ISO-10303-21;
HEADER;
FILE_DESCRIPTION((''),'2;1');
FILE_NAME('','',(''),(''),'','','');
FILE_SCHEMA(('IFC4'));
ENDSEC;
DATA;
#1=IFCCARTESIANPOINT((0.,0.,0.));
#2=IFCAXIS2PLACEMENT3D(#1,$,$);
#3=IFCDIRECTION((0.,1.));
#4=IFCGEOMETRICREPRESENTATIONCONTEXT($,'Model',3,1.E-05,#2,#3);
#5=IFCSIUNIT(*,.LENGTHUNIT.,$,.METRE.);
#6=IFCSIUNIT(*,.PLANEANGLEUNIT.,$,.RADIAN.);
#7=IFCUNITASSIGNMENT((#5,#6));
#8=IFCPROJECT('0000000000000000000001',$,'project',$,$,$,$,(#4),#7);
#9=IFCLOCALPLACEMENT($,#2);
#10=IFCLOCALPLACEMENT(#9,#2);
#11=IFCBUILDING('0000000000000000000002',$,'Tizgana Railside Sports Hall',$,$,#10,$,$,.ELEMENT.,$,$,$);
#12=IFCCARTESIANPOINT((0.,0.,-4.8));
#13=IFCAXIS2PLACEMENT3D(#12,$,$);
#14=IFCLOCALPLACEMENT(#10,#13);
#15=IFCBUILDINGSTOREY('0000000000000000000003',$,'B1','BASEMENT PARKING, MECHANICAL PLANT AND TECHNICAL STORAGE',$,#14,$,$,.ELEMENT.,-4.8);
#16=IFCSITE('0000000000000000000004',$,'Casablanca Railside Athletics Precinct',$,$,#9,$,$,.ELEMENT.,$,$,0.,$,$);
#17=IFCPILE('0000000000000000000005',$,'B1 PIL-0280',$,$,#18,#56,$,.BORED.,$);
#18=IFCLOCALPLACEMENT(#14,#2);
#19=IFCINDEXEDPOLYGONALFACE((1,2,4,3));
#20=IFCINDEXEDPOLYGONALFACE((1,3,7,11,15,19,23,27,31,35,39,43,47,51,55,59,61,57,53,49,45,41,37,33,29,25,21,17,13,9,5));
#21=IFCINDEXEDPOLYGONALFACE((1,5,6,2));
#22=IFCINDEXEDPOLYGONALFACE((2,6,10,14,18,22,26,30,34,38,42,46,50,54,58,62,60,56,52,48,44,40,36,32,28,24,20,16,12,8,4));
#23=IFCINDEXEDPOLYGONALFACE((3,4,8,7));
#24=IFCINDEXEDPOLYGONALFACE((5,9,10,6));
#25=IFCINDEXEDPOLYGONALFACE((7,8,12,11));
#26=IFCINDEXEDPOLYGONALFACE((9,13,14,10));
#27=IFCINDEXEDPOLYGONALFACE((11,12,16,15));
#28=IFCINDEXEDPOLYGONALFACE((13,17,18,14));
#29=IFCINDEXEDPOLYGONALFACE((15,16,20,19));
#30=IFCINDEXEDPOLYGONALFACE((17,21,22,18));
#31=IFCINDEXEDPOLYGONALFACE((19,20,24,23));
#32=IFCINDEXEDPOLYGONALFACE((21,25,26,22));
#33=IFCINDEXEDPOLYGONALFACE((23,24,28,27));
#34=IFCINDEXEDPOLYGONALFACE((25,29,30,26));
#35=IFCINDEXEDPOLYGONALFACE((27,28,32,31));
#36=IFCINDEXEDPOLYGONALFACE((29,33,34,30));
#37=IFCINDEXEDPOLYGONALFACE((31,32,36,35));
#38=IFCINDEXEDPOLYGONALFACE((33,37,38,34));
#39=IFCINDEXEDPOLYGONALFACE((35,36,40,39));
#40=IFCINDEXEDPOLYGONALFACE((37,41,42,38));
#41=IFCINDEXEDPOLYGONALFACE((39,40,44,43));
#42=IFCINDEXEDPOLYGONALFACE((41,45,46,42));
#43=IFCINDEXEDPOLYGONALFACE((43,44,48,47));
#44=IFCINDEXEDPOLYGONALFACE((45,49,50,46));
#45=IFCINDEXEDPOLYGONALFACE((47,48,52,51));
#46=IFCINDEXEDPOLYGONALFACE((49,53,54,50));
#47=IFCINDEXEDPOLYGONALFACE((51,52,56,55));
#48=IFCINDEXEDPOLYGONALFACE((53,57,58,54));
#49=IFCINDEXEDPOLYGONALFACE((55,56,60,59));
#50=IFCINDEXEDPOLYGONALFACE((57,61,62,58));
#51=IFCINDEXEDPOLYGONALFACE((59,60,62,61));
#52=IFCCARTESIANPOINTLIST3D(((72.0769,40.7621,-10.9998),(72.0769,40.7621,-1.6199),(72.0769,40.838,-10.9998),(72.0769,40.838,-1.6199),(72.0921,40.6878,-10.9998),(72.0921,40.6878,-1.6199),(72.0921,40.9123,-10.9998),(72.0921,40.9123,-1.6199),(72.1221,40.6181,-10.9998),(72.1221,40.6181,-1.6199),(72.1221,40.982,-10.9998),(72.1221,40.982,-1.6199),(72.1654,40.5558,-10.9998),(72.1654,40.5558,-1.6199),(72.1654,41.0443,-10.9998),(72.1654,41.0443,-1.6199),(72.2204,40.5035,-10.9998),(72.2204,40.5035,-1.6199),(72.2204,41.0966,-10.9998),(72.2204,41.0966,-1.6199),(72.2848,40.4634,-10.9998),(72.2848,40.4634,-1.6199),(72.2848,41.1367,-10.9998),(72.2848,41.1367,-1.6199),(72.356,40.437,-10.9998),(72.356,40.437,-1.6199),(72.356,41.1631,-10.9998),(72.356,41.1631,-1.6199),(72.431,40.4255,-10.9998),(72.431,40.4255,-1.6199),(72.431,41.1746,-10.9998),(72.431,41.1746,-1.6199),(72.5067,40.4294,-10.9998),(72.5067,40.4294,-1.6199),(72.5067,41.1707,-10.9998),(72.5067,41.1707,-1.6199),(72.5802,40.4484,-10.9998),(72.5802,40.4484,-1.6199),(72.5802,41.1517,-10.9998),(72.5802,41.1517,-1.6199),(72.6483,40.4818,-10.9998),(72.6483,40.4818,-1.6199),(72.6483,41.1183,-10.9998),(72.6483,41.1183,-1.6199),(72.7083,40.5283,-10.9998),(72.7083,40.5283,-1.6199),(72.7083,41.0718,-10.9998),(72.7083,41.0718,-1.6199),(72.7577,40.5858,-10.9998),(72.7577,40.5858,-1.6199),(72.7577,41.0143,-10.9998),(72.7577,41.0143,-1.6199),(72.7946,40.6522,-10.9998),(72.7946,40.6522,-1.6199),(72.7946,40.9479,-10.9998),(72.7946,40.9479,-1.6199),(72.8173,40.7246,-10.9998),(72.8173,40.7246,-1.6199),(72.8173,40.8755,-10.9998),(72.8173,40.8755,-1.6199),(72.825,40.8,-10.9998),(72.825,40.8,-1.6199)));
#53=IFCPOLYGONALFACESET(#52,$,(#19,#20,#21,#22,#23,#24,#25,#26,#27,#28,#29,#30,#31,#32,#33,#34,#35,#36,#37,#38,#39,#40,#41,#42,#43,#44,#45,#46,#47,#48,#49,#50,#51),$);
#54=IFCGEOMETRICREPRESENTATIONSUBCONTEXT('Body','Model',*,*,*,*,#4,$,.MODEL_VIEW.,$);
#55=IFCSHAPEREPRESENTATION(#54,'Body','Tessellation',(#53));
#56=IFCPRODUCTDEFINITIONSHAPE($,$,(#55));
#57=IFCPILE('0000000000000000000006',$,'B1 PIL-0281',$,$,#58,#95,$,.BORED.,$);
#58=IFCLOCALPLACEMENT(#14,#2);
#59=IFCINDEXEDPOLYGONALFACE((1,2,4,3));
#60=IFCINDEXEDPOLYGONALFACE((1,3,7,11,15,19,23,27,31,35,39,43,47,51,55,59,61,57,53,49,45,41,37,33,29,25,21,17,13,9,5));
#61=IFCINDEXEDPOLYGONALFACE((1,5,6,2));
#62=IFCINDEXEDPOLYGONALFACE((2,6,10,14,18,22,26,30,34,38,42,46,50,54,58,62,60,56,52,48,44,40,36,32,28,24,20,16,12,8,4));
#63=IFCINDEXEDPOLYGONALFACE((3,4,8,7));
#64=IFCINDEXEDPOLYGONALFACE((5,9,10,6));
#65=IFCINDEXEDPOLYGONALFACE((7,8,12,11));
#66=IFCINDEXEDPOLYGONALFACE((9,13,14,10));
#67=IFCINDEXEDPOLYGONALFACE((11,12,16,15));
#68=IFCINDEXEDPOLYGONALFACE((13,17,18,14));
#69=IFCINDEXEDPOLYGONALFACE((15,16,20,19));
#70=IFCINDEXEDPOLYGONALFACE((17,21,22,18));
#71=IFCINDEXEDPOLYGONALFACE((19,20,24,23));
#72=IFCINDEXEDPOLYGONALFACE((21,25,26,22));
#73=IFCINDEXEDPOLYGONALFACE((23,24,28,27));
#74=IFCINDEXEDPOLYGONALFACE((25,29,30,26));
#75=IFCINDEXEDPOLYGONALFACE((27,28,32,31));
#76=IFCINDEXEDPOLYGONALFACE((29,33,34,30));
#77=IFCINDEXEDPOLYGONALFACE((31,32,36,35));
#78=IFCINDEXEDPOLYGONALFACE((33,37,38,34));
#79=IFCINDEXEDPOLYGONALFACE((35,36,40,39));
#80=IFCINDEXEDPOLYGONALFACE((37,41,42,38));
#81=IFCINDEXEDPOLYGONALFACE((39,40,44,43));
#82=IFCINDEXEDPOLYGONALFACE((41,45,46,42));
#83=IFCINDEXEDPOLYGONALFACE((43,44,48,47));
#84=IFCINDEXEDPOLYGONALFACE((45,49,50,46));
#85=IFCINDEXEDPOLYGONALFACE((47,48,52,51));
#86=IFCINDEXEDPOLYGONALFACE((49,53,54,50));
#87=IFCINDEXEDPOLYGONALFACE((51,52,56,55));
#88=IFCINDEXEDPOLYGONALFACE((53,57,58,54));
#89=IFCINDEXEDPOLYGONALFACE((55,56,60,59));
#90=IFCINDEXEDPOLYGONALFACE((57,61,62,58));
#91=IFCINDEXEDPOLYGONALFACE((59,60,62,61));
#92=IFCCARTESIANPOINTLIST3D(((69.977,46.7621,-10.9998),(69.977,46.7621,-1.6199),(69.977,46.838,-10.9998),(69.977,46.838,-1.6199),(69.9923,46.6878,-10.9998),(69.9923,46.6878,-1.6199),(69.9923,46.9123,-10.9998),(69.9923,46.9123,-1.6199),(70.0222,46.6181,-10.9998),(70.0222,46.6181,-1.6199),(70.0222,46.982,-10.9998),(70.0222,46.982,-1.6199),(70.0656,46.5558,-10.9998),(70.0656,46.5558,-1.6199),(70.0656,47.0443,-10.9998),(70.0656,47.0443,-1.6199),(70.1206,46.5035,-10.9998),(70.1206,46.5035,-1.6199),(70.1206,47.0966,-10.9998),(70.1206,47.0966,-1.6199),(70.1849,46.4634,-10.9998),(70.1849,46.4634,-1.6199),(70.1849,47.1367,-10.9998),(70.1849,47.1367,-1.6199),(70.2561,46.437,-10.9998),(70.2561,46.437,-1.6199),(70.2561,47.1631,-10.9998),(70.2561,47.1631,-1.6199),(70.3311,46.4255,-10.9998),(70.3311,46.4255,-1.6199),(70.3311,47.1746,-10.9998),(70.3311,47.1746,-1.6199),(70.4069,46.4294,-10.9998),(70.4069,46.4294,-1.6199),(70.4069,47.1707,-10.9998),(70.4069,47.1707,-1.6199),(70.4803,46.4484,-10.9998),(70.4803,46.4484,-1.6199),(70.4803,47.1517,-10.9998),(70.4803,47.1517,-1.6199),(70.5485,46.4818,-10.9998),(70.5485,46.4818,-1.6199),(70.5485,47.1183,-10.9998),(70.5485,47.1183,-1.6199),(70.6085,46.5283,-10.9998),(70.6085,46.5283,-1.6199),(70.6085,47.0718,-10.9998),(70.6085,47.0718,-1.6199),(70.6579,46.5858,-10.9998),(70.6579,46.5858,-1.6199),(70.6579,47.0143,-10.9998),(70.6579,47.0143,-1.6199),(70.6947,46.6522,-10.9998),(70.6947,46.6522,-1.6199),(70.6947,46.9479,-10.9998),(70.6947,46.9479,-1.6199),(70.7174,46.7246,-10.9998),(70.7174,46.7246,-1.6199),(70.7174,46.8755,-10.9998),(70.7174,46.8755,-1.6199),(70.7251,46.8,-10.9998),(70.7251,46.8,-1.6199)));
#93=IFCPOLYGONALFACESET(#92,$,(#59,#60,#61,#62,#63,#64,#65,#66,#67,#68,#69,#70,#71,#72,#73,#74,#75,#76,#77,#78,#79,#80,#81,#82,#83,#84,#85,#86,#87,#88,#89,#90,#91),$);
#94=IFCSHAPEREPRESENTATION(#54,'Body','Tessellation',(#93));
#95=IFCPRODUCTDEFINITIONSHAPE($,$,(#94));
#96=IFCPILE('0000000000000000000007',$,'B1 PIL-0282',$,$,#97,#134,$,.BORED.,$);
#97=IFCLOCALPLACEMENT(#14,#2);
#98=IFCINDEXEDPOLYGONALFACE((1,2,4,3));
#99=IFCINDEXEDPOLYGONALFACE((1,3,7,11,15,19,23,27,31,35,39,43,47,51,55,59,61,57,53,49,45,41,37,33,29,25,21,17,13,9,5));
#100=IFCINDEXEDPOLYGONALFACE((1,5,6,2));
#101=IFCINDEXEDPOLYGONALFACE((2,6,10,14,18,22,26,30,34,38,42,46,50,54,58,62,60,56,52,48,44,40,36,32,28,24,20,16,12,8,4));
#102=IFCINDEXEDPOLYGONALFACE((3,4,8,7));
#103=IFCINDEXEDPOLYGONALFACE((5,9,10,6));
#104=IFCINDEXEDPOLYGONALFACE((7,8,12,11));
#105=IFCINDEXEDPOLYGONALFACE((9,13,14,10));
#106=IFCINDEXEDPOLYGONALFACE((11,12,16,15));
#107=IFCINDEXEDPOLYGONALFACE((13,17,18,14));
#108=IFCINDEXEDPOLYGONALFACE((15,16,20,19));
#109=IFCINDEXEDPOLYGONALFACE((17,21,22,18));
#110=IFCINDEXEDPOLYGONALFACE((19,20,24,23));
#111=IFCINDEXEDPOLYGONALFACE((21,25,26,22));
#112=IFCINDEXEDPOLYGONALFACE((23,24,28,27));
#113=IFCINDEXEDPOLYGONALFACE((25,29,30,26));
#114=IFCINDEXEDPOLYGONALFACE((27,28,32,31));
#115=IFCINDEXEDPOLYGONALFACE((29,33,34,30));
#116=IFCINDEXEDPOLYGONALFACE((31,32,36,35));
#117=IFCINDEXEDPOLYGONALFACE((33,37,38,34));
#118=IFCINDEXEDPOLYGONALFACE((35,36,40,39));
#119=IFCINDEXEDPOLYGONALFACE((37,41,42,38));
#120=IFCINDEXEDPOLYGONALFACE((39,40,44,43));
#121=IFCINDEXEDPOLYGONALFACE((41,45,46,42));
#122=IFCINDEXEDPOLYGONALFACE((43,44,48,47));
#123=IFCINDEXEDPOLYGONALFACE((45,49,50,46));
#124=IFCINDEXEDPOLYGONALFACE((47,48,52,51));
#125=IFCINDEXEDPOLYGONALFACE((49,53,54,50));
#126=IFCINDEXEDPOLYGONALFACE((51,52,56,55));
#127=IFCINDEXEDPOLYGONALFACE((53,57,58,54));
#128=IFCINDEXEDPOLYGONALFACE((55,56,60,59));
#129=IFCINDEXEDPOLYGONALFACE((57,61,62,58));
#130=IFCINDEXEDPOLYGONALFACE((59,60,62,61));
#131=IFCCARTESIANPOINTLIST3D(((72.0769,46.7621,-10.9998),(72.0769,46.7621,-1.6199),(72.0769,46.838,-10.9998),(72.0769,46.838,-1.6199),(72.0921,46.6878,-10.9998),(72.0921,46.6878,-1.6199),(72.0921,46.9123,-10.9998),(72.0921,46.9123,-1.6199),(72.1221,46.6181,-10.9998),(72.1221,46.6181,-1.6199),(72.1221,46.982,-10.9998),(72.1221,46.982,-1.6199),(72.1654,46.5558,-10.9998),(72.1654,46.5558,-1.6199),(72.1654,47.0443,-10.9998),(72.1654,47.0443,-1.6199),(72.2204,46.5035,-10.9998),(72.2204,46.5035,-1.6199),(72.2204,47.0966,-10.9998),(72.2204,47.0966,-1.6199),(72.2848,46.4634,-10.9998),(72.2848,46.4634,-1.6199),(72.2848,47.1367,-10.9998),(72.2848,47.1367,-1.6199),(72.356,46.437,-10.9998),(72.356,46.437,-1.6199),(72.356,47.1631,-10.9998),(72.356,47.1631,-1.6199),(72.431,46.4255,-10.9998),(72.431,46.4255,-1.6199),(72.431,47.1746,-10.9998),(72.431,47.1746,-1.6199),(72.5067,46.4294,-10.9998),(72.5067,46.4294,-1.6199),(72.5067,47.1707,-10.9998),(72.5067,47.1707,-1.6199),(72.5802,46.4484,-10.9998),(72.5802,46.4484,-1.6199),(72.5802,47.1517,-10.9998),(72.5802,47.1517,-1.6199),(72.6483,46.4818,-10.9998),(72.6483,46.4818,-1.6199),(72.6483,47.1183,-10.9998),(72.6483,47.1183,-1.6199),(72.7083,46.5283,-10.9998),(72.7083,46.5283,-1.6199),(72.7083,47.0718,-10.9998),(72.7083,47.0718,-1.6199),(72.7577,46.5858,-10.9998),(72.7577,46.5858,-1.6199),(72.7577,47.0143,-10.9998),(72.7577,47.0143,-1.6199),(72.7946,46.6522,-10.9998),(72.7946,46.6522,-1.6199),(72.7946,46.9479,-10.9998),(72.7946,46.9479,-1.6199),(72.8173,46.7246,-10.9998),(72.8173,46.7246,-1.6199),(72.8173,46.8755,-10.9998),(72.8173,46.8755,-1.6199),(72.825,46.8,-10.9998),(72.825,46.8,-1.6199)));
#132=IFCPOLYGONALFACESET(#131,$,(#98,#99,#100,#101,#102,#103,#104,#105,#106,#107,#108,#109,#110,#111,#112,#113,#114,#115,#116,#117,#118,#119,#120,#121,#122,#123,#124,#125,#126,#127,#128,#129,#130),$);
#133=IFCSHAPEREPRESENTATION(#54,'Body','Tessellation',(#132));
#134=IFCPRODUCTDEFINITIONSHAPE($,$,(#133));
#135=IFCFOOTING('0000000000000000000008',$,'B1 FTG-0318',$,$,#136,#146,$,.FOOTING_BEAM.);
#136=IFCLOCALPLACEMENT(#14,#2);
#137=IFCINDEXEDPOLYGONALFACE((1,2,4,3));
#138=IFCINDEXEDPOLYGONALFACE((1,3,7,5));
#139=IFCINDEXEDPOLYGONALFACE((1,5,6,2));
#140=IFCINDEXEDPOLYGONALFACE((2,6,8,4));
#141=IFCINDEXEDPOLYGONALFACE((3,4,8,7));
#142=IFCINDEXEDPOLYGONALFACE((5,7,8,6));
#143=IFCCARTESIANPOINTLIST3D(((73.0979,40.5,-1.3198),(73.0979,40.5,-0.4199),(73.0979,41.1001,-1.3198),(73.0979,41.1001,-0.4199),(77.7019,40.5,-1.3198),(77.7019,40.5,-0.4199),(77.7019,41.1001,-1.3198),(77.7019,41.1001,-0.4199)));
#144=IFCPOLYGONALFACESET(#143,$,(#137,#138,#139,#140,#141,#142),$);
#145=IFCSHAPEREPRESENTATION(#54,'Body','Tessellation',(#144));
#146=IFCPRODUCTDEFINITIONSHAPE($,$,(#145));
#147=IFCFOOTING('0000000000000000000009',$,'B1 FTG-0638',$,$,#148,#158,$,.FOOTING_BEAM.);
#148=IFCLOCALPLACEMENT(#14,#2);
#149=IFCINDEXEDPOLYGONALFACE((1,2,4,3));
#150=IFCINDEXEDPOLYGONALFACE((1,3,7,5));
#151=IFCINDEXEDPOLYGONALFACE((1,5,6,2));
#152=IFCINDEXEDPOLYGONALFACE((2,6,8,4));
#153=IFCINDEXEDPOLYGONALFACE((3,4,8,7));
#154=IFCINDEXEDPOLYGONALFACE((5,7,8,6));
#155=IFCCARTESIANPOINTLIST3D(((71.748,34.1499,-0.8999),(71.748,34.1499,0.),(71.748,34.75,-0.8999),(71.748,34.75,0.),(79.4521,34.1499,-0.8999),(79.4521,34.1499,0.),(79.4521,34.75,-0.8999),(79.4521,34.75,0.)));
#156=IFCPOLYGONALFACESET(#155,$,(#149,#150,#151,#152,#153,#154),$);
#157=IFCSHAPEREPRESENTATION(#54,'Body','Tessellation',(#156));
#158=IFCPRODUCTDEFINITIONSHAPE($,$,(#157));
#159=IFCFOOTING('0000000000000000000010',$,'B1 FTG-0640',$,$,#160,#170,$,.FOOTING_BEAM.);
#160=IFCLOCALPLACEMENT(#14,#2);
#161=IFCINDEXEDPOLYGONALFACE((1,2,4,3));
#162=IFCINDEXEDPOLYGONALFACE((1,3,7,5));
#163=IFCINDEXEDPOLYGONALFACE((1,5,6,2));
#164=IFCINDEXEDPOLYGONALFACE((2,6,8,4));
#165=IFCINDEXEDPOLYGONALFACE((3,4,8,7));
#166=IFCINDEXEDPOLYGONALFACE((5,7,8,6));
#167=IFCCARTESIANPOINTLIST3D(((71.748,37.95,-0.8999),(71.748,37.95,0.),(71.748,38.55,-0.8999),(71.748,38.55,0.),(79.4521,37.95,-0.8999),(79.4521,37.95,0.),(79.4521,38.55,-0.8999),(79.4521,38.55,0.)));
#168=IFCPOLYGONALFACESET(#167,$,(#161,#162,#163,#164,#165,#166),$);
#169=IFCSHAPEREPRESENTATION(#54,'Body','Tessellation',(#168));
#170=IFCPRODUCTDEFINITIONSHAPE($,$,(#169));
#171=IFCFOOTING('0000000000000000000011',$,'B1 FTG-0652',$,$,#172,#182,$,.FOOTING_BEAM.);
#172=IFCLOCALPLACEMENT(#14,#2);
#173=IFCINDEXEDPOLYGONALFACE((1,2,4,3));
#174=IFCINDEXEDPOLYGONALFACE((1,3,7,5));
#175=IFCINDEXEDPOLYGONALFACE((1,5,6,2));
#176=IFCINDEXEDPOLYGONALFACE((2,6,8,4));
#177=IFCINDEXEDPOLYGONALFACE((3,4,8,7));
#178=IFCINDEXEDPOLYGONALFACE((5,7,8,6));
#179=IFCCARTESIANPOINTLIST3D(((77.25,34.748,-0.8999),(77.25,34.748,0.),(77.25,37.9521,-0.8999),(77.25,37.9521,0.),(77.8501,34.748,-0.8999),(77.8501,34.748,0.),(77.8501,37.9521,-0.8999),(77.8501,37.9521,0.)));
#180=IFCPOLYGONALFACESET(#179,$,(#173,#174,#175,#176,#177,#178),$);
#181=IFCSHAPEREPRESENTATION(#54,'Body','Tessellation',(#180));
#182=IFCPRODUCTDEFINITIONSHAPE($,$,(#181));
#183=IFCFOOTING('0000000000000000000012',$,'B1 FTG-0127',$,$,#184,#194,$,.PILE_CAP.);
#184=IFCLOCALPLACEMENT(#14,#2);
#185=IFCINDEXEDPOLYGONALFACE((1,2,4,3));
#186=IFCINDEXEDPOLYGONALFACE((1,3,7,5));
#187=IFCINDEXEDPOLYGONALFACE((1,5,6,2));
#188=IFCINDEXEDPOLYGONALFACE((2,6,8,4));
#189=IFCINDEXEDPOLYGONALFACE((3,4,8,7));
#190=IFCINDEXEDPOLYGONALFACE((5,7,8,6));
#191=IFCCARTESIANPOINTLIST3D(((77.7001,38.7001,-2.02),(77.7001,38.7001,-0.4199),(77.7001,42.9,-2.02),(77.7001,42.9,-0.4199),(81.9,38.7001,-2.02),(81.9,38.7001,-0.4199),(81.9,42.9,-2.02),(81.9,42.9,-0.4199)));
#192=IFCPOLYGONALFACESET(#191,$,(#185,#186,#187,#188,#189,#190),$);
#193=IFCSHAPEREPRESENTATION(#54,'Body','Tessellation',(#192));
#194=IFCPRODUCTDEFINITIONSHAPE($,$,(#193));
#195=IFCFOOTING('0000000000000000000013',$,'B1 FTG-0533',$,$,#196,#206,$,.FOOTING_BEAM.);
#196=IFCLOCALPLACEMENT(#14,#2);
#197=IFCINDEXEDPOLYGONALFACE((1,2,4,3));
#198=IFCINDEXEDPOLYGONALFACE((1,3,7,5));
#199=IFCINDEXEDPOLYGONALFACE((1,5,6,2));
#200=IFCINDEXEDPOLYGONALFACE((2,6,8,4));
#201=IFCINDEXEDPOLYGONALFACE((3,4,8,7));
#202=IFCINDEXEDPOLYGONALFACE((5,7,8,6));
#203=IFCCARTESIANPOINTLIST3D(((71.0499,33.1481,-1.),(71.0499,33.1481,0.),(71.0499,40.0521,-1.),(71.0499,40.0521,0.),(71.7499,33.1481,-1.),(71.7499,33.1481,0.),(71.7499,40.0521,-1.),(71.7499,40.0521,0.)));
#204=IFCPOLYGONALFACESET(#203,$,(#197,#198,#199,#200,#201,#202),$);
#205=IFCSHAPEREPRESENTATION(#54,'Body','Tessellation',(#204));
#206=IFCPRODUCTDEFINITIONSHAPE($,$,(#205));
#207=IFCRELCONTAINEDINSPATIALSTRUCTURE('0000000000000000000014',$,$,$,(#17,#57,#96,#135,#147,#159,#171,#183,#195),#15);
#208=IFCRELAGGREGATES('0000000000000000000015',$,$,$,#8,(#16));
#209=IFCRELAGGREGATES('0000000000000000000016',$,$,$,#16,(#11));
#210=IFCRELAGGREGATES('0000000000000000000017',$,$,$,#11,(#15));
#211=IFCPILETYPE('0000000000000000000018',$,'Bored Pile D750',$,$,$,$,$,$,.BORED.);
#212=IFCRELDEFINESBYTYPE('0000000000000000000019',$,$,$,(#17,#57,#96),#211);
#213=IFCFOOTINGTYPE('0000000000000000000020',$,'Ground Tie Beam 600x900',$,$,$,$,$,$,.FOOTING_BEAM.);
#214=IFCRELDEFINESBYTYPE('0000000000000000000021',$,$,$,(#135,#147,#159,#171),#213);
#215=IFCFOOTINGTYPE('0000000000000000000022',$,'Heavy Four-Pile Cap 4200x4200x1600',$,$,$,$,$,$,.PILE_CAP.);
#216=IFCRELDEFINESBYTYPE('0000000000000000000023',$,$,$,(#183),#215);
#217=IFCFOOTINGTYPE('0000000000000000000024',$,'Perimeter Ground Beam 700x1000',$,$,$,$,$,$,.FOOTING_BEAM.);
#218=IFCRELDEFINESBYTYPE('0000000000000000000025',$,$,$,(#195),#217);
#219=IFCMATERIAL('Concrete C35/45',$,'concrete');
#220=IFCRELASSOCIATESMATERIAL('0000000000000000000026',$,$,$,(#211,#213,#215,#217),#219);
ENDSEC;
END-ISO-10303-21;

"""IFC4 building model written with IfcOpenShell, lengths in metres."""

from ifc_helpers import new_model, si_unit, direction, frame, origin, origin_2d, place, context, subcontext, project, spatial, rectangle, circle, extrude, material, material_profile, profile_set, type_object, element, save


model = new_model("IFC4")

# Units and contexts
model_context = context("Model", 3, precision=1e-05, world=origin(), true_north=direction((0.0, 1.0)))
body_context = subcontext(model_context, "Body", "Model", "MODEL_VIEW")
ifc_project = project(units=[si_unit("LENGTHUNIT", "METRE"), si_unit("PLANEANGLEUNIT", "RADIAN")], contexts=[model_context])

# Site, building, storey
site_placement = place(None, origin())
site = spatial("IfcSite", under=ifc_project, at=site_placement, Name="Casablanca Railside Athletics Precinct", CompositionType="ELEMENT", RefElevation=0.0)
building_placement = place(site_placement, origin())
building = spatial("IfcBuilding", under=site, at=building_placement, Name="Tizgana Railside Sports Hall", CompositionType="ELEMENT")
storey_placement = place(building_placement, frame((0.0, 0.0, -4.8)))
storey = spatial("IfcBuildingStorey", under=building, at=storey_placement, Name="B1", Description="BASEMENT PARKING, MECHANICAL PLANT AND TECHNICAL STORAGE", CompositionType="ELEMENT", Elevation=-4.8)

# Piles
ifc_material_1 = material(Name="Concrete C35/45", Category="concrete")
ifc_material_profile_1 = material_profile(ifc_material_1, circle(Radius=0.375, at=origin_2d()), Name="PILE D750")
ifc_profile_set_1 = profile_set([ifc_material_profile_1], Name="Concrete C35/45")
pile_type_1 = type_object("IfcPileType", Name="Bored Pile D750", PredefinedType="BORED", material=ifc_profile_set_1)
for number, where, z_axis, x_axis, name in (
    (1, (72.45, 40.8, -1.6199), (0.0, 0.0, -1.0), (1.0, 0.0, 0.0), "B1 PIL-0280"),
    (2, (70.3501, 46.8, -1.6199), (0.0, 0.0, -1.0), (1.0, 0.0, 0.0), "B1 PIL-0281"),
    (3, (72.45, 46.8, -1.6199), (0.0, 0.0, -1.0), (1.0, 0.0, 0.0), "B1 PIL-0282"),
):
    element("IfcPile", number, at=place(storey_placement, frame(where, z_axis=z_axis, x_axis=x_axis)), inside=storey, type_object=pile_type_1, Name=name, PredefinedType="BORED", context=body_context, shape_type="SweptSolid", body=[
        extrude(circle(Radius=0.375, at=origin_2d()), origin(), (0.0, 0.0, 1.0), 9.3799),
    ])

# Footings
footing_type_1 = type_object("IfcFootingType", Name="Ground Tie Beam 600x900", PredefinedType="FOOTING_BEAM", material=ifc_material_1)
footing_1_placement = place(storey_placement, frame((75.3999, 40.8, -1.3198), z_axis=(0.0, 0.0, 1.0), x_axis=(1.0, 0.0, 0.0)))
element("IfcFooting", 4, at=footing_1_placement, inside=storey, type_object=footing_type_1, Name="B1 FTG-0318", PredefinedType="FOOTING_BEAM", context=body_context, shape_type="SweptSolid", body=[
    extrude(rectangle(XDim=4.604, YDim=0.6001, at=origin_2d()), origin(), (0.0, 0.0, 1.0), 0.8999),
])
for number, where, z_axis, x_axis, name in (
    (5, (75.6001, 34.45, -0.8999), (0.0, 0.0, 1.0), (1.0, 0.0, 0.0), "B1 FTG-0638"),
    (6, (75.6001, 38.25, -0.8999), (0.0, 0.0, 1.0), (1.0, 0.0, 0.0), "B1 FTG-0640"),
):
    element("IfcFooting", number, at=place(storey_placement, frame(where, z_axis=z_axis, x_axis=x_axis)), inside=storey, type_object=footing_type_1, Name=name, PredefinedType="FOOTING_BEAM", context=body_context, shape_type="SweptSolid", body=[
        extrude(rectangle(XDim=7.7041, YDim=0.6001, at=origin_2d()), origin(), (0.0, 0.0, 1.0), 0.8999),
    ])
footing_2_placement = place(storey_placement, frame((77.55, 36.3501, -0.8999), z_axis=(0.0, 0.0, 1.0), x_axis=(0.0, 1.0, 0.0)))
element("IfcFooting", 7, at=footing_2_placement, inside=storey, type_object=footing_type_1, Name="B1 FTG-0652", PredefinedType="FOOTING_BEAM", context=body_context, shape_type="SweptSolid", body=[
    extrude(rectangle(XDim=3.2041, YDim=0.6001, at=origin_2d()), origin(), (0.0, 0.0, 1.0), 0.8999),
])
footing_type_2 = type_object("IfcFootingType", Name="Heavy Four-Pile Cap 4200x4200x1600", PredefinedType="PILE_CAP", material=ifc_material_1)
footing_3_placement = place(storey_placement, frame((79.8, 40.8, -2.02), z_axis=(0.0, 0.0, 1.0), x_axis=(1.0, 0.0, 0.0)))
element("IfcFooting", 8, at=footing_3_placement, inside=storey, type_object=footing_type_2, Name="B1 FTG-0127", PredefinedType="PILE_CAP", context=body_context, shape_type="SweptSolid", body=[
    extrude(rectangle(XDim=4.2, YDim=4.2, at=origin_2d()), origin(), (0.0, 0.0, 1.0), 1.6001),
])
footing_type_3 = type_object("IfcFootingType", Name="Perimeter Ground Beam 700x1000", PredefinedType="FOOTING_BEAM", material=ifc_material_1)
footing_4_placement = place(storey_placement, frame((71.3999, 36.6001, -1.0), z_axis=(0.0, 0.0, 1.0), x_axis=(0.0, 1.0, 0.0)))
element("IfcFooting", 9, at=footing_4_placement, inside=storey, type_object=footing_type_3, Name="B1 FTG-0533", PredefinedType="FOOTING_BEAM", context=body_context, shape_type="SweptSolid", body=[
    extrude(rectangle(XDim=6.9041, YDim=0.7, at=origin_2d()), origin(), (0.0, 0.0, 1.0), 1.0),
])

save(model, "model.ifc")
